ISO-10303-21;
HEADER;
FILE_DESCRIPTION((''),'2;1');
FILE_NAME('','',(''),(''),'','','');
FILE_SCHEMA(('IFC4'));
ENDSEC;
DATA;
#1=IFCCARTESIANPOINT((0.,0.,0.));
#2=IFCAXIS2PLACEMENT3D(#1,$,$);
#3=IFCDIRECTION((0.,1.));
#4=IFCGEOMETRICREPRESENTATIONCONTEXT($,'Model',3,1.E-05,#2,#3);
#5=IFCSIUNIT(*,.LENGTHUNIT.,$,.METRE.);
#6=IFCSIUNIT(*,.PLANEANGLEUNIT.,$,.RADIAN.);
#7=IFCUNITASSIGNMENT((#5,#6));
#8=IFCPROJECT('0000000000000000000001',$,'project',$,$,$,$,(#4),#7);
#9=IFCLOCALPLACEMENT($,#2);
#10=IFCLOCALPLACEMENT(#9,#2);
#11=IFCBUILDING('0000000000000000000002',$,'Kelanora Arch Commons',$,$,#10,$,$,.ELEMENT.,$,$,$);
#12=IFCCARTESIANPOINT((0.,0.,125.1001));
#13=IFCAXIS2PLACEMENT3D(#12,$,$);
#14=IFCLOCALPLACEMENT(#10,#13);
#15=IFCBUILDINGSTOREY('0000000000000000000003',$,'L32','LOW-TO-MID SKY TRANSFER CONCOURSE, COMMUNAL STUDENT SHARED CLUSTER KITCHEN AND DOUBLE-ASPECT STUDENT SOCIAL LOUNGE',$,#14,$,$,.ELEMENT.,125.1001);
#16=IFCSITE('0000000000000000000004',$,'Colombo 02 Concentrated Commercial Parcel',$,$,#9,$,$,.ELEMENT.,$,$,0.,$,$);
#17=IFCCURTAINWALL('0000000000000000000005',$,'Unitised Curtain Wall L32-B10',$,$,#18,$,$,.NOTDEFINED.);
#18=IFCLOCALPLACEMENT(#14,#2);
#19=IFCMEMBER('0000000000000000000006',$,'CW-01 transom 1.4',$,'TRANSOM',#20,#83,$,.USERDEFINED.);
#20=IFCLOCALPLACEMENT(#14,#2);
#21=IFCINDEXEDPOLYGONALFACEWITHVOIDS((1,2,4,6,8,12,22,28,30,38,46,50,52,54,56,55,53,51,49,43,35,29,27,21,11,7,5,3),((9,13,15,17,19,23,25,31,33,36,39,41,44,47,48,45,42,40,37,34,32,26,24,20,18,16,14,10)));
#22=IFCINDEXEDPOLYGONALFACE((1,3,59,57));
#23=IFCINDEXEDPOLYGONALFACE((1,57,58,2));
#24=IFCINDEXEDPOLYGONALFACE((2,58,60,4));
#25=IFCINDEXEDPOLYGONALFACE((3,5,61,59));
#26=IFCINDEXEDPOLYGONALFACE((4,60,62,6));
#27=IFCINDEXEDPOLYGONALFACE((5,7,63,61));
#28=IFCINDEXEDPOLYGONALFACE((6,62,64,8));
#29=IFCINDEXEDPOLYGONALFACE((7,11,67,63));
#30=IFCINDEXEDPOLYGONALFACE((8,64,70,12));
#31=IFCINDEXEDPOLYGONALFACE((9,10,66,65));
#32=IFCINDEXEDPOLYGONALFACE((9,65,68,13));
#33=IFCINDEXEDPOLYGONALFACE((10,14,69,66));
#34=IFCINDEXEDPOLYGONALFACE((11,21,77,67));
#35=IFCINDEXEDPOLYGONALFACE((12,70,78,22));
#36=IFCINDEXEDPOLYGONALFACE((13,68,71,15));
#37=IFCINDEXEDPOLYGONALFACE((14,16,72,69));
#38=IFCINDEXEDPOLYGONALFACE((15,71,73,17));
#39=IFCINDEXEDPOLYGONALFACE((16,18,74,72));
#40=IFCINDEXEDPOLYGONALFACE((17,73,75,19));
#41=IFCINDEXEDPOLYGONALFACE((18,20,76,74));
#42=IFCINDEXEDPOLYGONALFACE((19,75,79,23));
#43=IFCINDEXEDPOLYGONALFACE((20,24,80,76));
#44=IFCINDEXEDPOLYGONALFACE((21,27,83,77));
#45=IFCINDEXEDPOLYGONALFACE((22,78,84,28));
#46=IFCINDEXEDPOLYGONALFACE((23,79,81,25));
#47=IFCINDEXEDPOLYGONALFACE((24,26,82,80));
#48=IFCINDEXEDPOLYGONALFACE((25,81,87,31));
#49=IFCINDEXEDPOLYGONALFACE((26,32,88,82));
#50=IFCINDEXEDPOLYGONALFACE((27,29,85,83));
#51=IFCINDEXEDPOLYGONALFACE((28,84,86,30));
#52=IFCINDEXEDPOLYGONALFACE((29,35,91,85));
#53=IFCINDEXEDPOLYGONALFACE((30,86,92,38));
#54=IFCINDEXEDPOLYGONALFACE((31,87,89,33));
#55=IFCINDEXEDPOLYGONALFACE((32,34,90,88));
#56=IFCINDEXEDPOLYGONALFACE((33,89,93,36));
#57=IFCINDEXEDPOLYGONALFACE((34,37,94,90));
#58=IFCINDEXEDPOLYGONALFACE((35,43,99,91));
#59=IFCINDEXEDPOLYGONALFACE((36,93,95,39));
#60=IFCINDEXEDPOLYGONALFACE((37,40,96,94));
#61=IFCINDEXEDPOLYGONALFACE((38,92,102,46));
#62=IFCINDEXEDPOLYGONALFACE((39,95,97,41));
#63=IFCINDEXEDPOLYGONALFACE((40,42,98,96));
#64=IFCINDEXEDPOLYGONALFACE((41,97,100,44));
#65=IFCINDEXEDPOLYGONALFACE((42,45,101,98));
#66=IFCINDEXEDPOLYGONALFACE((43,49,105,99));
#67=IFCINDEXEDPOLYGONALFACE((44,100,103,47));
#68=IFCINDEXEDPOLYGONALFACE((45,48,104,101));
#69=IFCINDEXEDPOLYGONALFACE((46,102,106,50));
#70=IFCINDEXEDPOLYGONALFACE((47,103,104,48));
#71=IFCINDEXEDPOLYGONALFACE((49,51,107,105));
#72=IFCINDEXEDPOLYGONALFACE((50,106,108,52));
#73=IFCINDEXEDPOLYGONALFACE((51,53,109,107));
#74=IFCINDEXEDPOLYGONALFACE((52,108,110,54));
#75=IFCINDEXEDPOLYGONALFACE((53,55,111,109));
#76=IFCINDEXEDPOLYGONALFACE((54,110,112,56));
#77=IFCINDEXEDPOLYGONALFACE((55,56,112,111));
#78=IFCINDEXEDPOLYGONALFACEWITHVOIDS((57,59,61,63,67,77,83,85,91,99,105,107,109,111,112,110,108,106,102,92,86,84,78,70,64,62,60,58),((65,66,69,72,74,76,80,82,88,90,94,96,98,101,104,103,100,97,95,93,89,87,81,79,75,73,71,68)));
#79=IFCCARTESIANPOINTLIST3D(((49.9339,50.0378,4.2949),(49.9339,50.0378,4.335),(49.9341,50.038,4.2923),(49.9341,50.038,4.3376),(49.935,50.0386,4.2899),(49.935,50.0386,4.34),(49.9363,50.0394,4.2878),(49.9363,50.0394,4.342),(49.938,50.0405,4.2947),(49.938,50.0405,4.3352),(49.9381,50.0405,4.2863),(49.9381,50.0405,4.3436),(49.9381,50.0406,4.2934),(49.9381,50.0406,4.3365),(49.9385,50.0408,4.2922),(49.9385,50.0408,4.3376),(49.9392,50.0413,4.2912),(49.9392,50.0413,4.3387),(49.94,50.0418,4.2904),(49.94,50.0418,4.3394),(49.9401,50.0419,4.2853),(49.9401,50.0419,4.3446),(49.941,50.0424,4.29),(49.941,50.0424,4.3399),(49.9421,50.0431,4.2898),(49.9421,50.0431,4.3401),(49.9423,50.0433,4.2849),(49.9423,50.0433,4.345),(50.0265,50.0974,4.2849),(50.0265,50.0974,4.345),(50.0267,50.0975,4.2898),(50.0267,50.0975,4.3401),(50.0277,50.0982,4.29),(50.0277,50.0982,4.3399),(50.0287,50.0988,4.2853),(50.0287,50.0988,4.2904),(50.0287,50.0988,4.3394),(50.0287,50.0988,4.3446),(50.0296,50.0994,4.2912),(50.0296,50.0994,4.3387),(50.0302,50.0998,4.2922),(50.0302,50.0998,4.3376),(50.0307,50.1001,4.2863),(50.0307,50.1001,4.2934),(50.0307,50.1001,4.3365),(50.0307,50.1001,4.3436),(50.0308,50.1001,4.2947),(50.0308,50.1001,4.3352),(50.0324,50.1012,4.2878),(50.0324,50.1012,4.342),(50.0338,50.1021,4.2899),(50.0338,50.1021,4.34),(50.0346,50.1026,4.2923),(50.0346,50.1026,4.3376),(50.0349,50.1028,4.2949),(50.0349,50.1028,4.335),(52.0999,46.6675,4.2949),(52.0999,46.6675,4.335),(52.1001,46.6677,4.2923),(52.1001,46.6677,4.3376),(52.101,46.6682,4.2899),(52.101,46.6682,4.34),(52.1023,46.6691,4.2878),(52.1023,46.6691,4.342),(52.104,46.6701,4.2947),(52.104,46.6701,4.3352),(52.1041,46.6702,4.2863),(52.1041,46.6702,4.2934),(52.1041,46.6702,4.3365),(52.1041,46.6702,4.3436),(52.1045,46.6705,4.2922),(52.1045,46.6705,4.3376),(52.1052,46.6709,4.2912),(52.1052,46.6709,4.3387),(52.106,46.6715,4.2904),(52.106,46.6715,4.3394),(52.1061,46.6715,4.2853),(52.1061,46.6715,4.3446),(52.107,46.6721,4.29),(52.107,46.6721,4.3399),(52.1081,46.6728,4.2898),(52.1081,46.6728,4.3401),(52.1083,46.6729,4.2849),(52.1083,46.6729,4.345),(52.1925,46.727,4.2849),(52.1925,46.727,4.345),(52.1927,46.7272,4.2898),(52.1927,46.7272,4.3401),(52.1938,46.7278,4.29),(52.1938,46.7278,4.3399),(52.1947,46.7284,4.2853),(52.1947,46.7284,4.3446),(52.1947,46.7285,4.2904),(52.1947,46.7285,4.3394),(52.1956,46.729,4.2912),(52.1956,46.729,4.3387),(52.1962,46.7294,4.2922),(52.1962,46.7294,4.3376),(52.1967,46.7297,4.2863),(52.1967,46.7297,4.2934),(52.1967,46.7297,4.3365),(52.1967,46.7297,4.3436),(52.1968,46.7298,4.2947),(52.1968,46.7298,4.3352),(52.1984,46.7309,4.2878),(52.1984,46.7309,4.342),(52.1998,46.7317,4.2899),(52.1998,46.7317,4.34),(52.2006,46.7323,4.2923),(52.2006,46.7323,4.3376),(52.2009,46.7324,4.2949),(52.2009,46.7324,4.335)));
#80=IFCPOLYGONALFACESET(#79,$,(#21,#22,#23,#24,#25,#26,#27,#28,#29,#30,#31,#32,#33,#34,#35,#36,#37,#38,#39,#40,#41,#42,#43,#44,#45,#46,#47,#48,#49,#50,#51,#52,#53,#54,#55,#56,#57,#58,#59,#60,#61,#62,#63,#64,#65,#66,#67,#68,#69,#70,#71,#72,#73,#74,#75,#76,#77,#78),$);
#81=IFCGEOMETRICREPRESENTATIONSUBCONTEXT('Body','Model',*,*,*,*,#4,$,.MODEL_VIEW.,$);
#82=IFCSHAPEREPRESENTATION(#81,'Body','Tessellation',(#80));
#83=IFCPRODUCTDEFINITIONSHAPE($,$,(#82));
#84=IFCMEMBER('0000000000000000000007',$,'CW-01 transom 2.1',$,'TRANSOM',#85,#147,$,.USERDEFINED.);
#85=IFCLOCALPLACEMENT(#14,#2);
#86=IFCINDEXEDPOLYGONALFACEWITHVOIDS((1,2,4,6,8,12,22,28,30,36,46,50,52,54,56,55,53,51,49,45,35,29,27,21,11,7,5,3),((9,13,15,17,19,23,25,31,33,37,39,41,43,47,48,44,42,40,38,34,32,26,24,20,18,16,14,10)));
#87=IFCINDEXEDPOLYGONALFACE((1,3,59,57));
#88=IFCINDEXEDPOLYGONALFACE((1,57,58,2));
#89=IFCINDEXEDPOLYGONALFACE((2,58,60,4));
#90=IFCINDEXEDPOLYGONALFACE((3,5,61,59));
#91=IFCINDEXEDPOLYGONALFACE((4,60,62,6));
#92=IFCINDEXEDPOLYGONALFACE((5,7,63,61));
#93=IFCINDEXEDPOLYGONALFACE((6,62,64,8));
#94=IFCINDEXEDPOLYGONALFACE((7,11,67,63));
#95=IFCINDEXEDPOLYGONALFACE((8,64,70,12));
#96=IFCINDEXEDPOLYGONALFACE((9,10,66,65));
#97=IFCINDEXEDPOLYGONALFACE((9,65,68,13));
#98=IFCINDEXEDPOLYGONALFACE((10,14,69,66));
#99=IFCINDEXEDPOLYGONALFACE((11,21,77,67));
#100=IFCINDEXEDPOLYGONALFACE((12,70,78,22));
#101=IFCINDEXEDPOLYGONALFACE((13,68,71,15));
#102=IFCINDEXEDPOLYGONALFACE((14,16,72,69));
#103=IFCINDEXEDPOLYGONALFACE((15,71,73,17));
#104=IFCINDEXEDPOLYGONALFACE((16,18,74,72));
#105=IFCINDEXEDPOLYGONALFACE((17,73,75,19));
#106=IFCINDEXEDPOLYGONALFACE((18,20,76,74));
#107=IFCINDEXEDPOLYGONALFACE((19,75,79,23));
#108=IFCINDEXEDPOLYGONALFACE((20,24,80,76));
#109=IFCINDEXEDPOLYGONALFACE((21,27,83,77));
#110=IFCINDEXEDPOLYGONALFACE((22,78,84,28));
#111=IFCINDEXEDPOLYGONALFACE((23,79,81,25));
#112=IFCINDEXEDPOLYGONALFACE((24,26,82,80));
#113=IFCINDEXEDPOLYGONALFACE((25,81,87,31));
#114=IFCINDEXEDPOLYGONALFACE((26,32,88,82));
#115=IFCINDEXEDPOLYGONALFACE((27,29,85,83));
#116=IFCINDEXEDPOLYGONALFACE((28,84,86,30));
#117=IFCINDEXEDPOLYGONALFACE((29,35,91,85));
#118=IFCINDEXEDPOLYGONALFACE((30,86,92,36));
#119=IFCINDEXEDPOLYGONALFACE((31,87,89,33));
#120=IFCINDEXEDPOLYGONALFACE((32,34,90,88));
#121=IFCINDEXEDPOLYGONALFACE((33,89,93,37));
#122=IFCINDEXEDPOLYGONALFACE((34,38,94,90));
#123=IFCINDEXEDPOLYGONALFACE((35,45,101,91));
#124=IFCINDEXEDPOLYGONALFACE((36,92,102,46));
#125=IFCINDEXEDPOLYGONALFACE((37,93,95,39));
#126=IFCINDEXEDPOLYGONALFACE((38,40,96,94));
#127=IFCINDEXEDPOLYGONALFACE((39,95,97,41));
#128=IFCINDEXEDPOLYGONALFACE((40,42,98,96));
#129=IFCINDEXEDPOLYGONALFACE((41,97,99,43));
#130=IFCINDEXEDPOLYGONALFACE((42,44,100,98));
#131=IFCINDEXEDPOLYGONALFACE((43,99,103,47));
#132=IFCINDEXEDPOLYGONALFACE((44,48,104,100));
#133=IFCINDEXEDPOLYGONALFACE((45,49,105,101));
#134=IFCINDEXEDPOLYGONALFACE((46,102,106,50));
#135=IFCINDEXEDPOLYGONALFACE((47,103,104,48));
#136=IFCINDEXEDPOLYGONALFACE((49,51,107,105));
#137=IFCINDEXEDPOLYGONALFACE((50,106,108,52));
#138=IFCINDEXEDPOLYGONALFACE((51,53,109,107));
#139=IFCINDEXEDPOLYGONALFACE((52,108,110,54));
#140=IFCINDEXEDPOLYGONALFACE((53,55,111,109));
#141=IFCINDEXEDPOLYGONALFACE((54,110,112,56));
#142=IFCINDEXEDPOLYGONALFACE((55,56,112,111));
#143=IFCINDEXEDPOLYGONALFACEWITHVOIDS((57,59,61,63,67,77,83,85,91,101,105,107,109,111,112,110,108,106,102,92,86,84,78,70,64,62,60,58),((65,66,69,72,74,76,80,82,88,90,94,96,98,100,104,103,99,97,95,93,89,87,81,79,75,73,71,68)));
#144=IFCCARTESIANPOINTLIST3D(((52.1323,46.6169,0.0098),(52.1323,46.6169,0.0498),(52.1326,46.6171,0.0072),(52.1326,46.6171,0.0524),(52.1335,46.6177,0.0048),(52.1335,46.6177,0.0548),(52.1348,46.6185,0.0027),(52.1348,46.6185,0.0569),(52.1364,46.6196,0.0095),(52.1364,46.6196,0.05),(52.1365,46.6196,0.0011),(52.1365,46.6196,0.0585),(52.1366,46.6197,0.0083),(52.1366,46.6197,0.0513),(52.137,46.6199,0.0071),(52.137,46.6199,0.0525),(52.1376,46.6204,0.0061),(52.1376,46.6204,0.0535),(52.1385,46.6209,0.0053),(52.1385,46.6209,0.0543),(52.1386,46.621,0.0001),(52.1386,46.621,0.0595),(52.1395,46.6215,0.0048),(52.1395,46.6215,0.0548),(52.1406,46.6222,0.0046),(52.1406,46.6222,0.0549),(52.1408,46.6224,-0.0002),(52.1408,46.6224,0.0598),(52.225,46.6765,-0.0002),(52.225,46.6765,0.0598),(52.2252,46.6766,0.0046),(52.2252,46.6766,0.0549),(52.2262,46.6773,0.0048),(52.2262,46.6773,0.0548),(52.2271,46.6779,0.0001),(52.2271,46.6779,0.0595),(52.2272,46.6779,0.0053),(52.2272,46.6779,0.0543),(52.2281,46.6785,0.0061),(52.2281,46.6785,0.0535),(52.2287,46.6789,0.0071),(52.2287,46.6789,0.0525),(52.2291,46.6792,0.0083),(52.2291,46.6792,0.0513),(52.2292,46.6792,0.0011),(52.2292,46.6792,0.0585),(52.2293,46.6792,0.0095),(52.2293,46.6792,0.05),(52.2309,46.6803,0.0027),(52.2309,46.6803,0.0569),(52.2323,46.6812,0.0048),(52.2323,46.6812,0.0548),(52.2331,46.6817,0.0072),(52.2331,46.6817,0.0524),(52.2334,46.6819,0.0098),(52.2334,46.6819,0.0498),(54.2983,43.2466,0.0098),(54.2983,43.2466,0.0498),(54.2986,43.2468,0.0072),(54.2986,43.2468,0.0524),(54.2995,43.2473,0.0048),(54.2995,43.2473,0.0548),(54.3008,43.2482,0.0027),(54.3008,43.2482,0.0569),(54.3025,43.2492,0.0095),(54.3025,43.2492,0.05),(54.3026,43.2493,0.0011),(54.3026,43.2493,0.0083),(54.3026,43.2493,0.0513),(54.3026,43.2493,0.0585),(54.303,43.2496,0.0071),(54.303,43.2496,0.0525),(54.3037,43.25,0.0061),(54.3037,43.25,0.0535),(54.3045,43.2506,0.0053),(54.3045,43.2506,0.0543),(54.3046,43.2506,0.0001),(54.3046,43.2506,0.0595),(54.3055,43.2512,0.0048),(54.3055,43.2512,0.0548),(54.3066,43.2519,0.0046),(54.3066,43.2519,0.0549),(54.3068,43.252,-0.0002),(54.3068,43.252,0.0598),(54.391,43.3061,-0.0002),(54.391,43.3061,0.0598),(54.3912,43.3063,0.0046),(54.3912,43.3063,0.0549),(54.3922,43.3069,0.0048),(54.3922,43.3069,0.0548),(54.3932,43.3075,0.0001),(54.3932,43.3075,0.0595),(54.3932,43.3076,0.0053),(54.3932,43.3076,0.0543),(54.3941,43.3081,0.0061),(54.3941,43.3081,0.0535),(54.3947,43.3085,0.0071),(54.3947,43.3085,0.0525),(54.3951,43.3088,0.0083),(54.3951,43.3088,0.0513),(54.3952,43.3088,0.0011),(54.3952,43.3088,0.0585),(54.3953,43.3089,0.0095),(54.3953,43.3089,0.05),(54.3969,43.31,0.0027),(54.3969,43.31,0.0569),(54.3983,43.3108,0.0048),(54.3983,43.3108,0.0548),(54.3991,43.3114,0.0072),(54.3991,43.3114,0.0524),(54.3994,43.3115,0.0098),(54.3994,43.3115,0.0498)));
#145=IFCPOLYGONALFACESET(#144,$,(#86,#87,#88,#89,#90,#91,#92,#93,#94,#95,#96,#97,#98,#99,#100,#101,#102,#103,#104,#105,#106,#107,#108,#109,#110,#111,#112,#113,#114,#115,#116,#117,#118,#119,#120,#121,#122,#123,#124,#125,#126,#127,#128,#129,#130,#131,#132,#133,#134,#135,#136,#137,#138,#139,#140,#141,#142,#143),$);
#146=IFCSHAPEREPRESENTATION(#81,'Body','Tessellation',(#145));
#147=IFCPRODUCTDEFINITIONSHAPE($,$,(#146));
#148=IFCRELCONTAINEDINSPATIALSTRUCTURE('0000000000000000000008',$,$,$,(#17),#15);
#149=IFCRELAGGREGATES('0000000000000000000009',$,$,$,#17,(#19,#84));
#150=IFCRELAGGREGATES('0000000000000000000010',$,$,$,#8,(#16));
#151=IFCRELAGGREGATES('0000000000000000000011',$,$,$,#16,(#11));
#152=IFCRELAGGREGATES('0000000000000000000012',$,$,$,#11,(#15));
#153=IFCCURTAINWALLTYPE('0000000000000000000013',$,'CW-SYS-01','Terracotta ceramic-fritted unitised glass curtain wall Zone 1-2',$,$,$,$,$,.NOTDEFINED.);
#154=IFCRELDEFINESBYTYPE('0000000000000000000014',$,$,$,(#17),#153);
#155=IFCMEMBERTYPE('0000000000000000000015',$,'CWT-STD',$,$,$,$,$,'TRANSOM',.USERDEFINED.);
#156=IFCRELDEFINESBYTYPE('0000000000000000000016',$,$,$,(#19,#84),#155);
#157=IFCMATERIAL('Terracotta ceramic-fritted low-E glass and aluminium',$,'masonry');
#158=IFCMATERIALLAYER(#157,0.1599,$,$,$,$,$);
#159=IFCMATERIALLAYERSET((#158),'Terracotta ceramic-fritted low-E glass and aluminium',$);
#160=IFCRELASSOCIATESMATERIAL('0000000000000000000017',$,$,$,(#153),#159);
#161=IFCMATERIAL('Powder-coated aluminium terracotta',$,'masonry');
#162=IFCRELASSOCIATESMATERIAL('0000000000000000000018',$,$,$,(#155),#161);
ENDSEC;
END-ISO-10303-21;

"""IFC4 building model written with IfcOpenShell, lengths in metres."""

from ifc_helpers import new_model, si_unit, direction, frame, origin, origin_2d, place, context, subcontext, project, spatial, hollow_rectangle, extrude, material, layer, layer_set, material_profile, profile_set, type_object, element, aggregate, save


model = new_model("IFC4")

# Units and contexts
model_context = context("Model", 3, precision=1e-05, world=origin(), true_north=direction((0.0, 1.0)))
body_context = subcontext(model_context, "Body", "Model", "MODEL_VIEW")
ifc_project = project(units=[si_unit("LENGTHUNIT", "METRE"), si_unit("PLANEANGLEUNIT", "RADIAN")], contexts=[model_context])

# Site, building, storey
site_placement = place(None, origin())
site = spatial("IfcSite", under=ifc_project, at=site_placement, Name="Colombo 02 Concentrated Commercial Parcel", CompositionType="ELEMENT", RefElevation=0.0)
building_placement = place(site_placement, origin())
building = spatial("IfcBuilding", under=site, at=building_placement, Name="Kelanora Arch Commons", CompositionType="ELEMENT")
storey_placement = place(building_placement, frame((0.0, 0.0, 125.1001)))
storey = spatial("IfcBuildingStorey", under=building, at=storey_placement, Name="L32", Description="LOW-TO-MID SKY TRANSFER CONCOURSE, COMMUNAL STUDENT SHARED CLUSTER KITCHEN AND DOUBLE-ASPECT STUDENT SOCIAL LOUNGE", CompositionType="ELEMENT", Elevation=125.1001)

# Shared definitions
ifc_material_1 = material(Name="Terracotta ceramic-fritted low-E glass and aluminium", Category="masonry")
ifc_layer_1 = layer(ifc_material_1, 0.1599)
ifc_layer_set_1 = layer_set([ifc_layer_1], Name="Terracotta ceramic-fritted low-E glass and aluminium")
curtain_wall_type = type_object("IfcCurtainWallType", Name="CW-SYS-01", Description="Terracotta ceramic-fritted unitised glass curtain wall Zone 1-2", PredefinedType="NOTDEFINED", material=ifc_layer_set_1)
ifc_material_2 = material(Name="Powder-coated aluminium terracotta", Category="masonry")

# Curtain wall, members
curtain_wall_1_placement = place(storey_placement, origin())
curtain_wall_1 = element("IfcCurtainWall", 1, at=curtain_wall_1_placement, inside=storey, type_object=curtain_wall_type, Name="Unitised Curtain Wall L32-B10", PredefinedType="NOTDEFINED")
ifc_material_profile_1 = material_profile(ifc_material_2, hollow_rectangle(XDim=0.1201, YDim=0.0601, WallThickness=0.0049, InnerFilletRadius=0.0049, OuterFilletRadius=0.01, at=origin_2d()), Name="CWT120x60")
ifc_profile_set_1 = profile_set([ifc_material_profile_1], Name="Powder-coated aluminium terracotta")
member_type_1 = type_object("IfcMemberType", Name="CWT-STD", ElementType="TRANSOM", PredefinedType="USERDEFINED", material=ifc_profile_set_1)
member_1_placement = place(storey_placement, frame((49.9844, 50.0703, 4.3149), z_axis=(0.540644, -0.841252, 0.0), x_axis=(0.841252, 0.540644, 0.0)))
member_1 = element("IfcMember", 2, at=member_1_placement, type_object=member_type_1, Name="CW-01 transom 1.4", ObjectType="TRANSOM", PredefinedType="USERDEFINED", context=body_context, shape_type="SweptSolid", body=[
    extrude(hollow_rectangle(XDim=0.1201, YDim=0.0601, WallThickness=0.0049, InnerFilletRadius=0.0049, OuterFilletRadius=0.01, at=origin_2d()), origin(), (0.0, 0.0, 1.0), 4.0063),
])
member_2_placement = place(storey_placement, frame((52.1829, 46.6494, 0.0298), z_axis=(0.540644, -0.841252, 0.0), x_axis=(0.841252, 0.540644, 0.0)))
member_2 = element("IfcMember", 3, at=member_2_placement, type_object=member_type_1, Name="CW-01 transom 2.1", ObjectType="TRANSOM", PredefinedType="USERDEFINED", context=body_context, shape_type="SweptSolid", body=[
    extrude(hollow_rectangle(XDim=0.1201, YDim=0.0601, WallThickness=0.0049, InnerFilletRadius=0.0049, OuterFilletRadius=0.01, at=origin_2d()), origin(), (0.0, 0.0, 1.0), 4.0063),
])

aggregate(curtain_wall_1, [member_1, member_2])

save(model, "model.ifc")
